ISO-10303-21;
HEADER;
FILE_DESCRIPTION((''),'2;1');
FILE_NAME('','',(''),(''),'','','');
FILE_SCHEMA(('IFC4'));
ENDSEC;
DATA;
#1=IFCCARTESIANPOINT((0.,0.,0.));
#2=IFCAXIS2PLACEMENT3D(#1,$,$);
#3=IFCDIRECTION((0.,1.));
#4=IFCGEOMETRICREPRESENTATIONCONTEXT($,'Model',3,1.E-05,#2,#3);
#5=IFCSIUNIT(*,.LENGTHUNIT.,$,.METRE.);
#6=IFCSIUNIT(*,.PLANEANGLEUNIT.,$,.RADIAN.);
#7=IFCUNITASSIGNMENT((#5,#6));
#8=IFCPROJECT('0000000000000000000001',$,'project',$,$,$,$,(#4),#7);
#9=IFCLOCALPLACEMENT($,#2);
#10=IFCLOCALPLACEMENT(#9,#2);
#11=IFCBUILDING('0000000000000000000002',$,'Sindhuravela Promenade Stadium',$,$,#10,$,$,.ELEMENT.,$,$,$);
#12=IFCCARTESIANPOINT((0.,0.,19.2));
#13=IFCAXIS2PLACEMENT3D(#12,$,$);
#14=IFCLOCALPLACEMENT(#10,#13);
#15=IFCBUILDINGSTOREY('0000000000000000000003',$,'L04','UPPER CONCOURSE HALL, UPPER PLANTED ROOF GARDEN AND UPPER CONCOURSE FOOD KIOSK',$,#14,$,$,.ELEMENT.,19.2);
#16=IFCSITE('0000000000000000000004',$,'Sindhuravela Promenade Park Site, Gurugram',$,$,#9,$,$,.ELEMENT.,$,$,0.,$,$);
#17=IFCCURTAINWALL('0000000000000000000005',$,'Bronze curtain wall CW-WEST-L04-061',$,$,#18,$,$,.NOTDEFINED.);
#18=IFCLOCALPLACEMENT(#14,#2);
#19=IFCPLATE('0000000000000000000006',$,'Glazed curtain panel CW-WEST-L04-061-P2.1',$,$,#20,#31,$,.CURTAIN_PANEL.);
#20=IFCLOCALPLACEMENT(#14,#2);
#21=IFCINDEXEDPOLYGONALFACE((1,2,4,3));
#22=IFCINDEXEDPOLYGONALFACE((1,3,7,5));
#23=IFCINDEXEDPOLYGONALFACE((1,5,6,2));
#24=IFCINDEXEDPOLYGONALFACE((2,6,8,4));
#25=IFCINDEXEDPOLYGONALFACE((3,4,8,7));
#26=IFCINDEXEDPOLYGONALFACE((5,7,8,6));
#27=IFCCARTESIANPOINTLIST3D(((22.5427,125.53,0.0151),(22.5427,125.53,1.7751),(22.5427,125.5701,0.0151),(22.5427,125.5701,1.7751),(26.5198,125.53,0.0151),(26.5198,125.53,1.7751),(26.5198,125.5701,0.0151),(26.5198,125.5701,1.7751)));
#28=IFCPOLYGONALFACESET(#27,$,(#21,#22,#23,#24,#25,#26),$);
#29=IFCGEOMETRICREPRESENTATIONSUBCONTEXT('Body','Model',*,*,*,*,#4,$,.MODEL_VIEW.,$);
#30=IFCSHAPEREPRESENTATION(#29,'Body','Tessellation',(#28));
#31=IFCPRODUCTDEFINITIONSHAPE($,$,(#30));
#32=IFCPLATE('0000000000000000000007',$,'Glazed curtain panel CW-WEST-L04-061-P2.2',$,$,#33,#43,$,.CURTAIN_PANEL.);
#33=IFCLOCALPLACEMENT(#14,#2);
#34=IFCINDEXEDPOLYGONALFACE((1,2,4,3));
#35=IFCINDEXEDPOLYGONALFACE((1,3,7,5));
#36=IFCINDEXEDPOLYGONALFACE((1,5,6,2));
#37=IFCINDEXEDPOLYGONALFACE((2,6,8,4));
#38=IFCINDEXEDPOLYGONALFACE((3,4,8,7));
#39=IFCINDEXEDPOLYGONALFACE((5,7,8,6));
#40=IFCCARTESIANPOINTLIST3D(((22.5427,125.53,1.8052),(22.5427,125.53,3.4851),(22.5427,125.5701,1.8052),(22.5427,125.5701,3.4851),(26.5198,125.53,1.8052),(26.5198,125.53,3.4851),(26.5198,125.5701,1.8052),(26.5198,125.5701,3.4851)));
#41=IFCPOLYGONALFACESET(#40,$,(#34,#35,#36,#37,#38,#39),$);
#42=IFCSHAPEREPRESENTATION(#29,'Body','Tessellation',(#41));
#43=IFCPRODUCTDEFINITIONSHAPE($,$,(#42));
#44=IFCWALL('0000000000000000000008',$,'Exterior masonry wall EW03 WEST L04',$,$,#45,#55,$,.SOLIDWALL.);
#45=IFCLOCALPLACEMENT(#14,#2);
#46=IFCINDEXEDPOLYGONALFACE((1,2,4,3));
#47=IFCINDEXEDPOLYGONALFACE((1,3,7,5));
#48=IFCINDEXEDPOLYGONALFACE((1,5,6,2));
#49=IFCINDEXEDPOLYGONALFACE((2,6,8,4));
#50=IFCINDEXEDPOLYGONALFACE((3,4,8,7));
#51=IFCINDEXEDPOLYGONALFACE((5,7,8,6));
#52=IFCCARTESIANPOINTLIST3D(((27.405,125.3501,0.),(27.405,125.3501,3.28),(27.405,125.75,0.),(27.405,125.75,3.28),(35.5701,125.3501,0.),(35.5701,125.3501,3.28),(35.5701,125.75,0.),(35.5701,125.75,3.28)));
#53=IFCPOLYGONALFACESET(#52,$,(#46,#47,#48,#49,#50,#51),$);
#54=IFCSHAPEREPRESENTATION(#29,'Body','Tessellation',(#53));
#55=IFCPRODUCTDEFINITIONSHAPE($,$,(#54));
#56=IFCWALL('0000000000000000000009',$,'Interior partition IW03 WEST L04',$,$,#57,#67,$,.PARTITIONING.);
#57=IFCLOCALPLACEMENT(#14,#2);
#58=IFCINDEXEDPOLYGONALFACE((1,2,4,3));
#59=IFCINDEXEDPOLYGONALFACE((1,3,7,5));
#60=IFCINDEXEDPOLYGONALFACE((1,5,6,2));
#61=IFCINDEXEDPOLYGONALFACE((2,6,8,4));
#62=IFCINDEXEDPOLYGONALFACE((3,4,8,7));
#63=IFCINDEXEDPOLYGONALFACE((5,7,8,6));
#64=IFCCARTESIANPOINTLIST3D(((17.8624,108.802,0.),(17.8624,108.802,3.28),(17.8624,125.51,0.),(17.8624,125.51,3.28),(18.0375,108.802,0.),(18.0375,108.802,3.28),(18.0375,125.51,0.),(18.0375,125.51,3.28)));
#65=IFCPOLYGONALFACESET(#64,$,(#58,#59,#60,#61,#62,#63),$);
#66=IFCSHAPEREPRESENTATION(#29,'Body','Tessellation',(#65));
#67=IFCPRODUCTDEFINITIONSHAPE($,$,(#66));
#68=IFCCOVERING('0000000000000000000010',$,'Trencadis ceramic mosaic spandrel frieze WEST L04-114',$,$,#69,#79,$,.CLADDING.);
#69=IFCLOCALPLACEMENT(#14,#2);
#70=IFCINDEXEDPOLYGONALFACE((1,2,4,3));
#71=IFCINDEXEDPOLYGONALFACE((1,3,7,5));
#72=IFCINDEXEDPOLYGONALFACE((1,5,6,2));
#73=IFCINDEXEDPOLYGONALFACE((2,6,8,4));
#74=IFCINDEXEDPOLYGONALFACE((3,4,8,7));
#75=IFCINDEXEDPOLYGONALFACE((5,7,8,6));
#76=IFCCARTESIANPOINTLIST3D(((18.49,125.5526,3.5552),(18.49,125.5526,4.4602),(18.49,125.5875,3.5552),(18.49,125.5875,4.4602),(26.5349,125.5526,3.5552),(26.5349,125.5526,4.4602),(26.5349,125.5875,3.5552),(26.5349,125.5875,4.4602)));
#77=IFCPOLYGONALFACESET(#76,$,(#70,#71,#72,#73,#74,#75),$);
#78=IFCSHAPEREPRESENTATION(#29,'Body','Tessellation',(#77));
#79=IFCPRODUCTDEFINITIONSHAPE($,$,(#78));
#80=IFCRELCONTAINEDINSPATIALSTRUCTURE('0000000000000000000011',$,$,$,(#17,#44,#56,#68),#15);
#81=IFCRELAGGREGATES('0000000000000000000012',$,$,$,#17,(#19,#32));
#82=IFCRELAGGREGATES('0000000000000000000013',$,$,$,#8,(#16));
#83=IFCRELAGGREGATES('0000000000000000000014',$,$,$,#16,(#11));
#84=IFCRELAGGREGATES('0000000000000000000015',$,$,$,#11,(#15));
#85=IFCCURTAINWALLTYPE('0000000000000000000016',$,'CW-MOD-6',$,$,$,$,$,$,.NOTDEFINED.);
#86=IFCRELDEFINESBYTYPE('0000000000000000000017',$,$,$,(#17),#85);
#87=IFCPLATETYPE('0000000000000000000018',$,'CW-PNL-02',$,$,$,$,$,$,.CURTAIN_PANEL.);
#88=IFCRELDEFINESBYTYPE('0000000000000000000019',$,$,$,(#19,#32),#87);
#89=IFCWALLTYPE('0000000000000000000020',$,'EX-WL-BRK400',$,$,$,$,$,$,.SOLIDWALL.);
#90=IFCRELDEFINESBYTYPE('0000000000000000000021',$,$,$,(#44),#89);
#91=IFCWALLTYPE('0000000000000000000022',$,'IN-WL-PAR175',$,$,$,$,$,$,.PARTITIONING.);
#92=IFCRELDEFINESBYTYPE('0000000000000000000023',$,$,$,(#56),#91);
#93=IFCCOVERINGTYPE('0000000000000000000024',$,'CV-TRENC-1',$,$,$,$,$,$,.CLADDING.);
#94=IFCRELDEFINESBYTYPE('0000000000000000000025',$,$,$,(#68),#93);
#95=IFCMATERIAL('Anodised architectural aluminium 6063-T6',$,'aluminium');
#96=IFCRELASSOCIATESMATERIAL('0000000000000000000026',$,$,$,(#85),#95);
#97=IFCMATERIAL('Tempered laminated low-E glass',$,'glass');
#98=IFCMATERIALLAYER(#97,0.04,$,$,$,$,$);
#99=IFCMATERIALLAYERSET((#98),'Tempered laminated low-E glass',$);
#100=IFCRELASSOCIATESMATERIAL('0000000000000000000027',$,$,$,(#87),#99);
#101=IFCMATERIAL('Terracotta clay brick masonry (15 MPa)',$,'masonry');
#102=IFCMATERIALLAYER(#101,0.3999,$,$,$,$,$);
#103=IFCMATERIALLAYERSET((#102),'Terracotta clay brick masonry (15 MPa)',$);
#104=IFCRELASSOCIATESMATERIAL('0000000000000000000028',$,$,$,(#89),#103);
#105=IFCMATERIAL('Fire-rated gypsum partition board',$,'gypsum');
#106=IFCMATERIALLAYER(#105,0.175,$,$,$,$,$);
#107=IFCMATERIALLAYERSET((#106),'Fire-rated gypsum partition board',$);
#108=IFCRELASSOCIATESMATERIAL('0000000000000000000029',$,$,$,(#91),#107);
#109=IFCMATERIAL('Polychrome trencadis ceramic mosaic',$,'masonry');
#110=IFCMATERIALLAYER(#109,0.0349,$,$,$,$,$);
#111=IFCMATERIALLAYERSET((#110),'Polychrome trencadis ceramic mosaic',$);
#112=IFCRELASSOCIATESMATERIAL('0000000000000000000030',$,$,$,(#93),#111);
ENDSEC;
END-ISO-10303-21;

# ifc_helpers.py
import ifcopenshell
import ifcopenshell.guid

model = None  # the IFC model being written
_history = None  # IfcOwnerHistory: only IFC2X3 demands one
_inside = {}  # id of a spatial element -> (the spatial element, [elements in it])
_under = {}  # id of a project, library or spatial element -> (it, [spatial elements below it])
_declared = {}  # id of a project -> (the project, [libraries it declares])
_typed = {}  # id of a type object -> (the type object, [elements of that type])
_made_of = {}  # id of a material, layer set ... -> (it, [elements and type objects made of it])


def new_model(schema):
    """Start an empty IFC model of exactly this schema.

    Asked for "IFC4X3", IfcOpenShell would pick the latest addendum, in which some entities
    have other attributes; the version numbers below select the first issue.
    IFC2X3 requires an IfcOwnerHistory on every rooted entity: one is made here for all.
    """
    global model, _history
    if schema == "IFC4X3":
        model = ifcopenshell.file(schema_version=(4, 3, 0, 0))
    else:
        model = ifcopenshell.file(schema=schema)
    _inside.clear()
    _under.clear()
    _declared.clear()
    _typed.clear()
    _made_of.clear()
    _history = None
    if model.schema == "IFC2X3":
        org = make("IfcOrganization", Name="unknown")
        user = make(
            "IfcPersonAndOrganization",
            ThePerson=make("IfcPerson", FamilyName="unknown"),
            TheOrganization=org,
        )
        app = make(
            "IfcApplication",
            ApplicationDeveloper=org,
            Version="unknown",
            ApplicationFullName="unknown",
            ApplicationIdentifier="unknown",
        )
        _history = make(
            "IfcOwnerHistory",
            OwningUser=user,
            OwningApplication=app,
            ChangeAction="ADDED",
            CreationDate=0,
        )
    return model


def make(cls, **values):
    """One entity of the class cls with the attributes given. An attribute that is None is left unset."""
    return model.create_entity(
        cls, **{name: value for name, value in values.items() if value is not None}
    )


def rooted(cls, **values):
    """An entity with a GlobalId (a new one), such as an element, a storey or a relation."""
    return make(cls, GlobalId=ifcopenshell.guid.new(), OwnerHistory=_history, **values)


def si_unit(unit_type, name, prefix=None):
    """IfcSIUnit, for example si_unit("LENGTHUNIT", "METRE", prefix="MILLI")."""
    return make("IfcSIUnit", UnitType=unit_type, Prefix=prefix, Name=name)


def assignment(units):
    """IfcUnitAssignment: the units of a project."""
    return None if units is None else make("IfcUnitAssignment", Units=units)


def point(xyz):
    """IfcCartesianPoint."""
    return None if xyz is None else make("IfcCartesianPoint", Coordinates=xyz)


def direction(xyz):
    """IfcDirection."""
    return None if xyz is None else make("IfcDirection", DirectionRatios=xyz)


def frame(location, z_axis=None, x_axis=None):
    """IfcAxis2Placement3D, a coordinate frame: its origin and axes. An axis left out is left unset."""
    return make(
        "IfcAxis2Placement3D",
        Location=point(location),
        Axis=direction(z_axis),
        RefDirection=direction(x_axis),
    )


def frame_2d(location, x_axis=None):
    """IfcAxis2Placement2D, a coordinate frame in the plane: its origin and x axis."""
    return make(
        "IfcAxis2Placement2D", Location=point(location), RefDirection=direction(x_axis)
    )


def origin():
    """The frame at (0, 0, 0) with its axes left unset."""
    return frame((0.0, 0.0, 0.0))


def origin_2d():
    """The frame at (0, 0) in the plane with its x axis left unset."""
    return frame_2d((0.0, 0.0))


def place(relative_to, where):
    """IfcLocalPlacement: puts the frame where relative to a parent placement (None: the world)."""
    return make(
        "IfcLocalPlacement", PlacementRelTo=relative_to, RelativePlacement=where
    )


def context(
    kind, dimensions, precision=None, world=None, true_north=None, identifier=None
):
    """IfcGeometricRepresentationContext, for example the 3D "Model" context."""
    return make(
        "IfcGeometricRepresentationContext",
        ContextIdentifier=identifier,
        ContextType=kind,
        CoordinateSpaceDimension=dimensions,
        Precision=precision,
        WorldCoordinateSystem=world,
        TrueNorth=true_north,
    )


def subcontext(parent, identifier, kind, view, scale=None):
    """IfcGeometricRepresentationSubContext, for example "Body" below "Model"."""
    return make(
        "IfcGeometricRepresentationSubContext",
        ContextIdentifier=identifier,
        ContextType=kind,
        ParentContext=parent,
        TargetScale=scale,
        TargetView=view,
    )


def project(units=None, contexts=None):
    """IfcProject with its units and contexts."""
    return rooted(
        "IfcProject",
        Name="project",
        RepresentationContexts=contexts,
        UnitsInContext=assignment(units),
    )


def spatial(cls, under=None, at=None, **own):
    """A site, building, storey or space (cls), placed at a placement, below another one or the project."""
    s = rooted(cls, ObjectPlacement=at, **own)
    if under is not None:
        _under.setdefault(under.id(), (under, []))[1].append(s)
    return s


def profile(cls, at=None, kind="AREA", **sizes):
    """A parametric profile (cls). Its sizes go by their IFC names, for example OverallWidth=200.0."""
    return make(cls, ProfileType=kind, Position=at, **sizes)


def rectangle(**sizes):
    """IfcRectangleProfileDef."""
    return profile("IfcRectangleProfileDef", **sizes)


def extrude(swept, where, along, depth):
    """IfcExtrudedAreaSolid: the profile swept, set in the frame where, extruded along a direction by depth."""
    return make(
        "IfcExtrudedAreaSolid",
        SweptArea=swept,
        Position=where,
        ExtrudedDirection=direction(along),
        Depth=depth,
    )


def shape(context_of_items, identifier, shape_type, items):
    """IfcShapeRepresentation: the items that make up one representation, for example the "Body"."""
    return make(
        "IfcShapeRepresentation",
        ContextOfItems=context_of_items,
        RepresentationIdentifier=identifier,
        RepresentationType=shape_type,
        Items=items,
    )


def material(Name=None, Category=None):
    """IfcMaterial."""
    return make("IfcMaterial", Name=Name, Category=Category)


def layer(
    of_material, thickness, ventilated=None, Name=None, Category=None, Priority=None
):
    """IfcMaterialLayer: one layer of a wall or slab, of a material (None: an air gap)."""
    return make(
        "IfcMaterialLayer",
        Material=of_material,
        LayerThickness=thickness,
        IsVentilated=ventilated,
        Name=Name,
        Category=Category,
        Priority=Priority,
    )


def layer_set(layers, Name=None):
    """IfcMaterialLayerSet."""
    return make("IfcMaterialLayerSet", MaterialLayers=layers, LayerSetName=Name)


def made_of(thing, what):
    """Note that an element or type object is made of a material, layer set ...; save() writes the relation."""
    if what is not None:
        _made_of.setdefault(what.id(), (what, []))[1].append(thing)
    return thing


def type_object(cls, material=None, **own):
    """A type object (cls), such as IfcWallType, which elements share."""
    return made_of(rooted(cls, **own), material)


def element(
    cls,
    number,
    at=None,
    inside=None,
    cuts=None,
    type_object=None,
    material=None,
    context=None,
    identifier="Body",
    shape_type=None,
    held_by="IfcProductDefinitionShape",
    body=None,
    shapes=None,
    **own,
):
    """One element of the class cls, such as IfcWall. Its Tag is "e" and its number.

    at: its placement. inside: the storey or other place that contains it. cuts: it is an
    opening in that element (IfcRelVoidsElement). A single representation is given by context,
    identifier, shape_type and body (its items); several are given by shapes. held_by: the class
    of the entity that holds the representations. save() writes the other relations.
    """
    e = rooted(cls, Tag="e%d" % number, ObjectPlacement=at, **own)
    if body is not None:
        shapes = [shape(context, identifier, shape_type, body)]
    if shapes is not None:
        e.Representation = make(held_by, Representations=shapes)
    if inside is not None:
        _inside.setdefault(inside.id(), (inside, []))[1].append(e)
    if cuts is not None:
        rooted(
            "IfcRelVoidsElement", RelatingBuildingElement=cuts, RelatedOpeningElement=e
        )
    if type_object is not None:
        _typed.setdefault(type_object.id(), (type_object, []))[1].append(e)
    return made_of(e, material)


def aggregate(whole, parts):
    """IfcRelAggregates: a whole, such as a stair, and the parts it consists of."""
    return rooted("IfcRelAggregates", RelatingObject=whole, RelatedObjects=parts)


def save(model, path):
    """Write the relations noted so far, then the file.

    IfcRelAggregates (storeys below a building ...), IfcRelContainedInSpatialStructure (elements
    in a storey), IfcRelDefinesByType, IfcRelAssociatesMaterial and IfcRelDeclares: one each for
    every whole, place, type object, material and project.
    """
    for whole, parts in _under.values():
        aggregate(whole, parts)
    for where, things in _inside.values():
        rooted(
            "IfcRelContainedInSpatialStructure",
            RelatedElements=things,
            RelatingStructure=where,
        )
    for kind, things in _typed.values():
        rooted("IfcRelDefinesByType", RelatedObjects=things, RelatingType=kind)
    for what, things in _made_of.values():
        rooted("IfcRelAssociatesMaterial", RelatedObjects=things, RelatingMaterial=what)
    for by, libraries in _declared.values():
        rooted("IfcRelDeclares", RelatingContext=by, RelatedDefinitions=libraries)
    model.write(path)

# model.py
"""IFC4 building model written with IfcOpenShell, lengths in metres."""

from ifc_helpers import new_model, si_unit, direction, frame, frame_2d, origin, origin_2d, place, context, subcontext, project, spatial, rectangle, extrude, material, layer, layer_set, type_object, element, aggregate, save


model = new_model("IFC4")

# Units and contexts
model_context = context("Model", 3, precision=1e-05, world=origin(), true_north=direction((0.0, 1.0)))
body_context = subcontext(model_context, "Body", "Model", "MODEL_VIEW")
ifc_project = project(units=[si_unit("LENGTHUNIT", "METRE"), si_unit("PLANEANGLEUNIT", "RADIAN")], contexts=[model_context])

# Site, building, storey
site_placement = place(None, origin())
site = spatial("IfcSite", under=ifc_project, at=site_placement, Name="Sindhuravela Promenade Park Site, Gurugram", CompositionType="ELEMENT", RefElevation=0.0)
building_placement = place(site_placement, origin())
building = spatial("IfcBuilding", under=site, at=building_placement, Name="Sindhuravela Promenade Stadium", CompositionType="ELEMENT")
storey_placement = place(building_placement, frame((0.0, 0.0, 19.2)))
storey = spatial("IfcBuildingStorey", under=building, at=storey_placement, Name="L04", Description="UPPER CONCOURSE HALL, UPPER PLANTED ROOF GARDEN AND UPPER CONCOURSE FOOD KIOSK", CompositionType="ELEMENT", Elevation=19.2)

# Shared definitions
ifc_material_1 = material(Name="Anodised architectural aluminium 6063-T6", Category="aluminium")

# Curtain wall
curtain_wall_type_1 = type_object("IfcCurtainWallType", Name="CW-MOD-6", PredefinedType="NOTDEFINED", material=ifc_material_1)
curtain_wall_1_placement = place(storey_placement, origin())
curtain_wall_1 = element("IfcCurtainWall", 1, at=curtain_wall_1_placement, inside=storey, type_object=curtain_wall_type_1, Name="Bronze curtain wall CW-WEST-L04-061", PredefinedType="NOTDEFINED")

# Plates
ifc_material_2 = material(Name="Tempered laminated low-E glass", Category="glass")
ifc_layer_1 = layer(ifc_material_2, 0.04)
ifc_layer_set_1 = layer_set([ifc_layer_1], Name="Tempered laminated low-E glass")
plate_type = type_object("IfcPlateType", Name="CW-PNL-02", PredefinedType="CURTAIN_PANEL", material=ifc_layer_set_1)
plate_1_placement = place(storey_placement, frame((24.5312, 125.55, 0.0151), z_axis=(0.0, 0.0, 1.0), x_axis=(1.0, 0.0, 0.0)))
plate_1 = element("IfcPlate", 2, at=plate_1_placement, type_object=plate_type, Name="Glazed curtain panel CW-WEST-L04-061-P2.1", PredefinedType="CURTAIN_PANEL", context=body_context, shape_type="SweptSolid", body=[
    extrude(rectangle(XDim=3.9771, YDim=0.04, at=origin_2d()), origin(), (0.0, 0.0, 1.0), 1.76),
])
plate_2_placement = place(storey_placement, frame((24.5312, 125.55, 1.8052), z_axis=(0.0, 0.0, 1.0), x_axis=(1.0, 0.0, 0.0)))
plate_2 = element("IfcPlate", 3, at=plate_2_placement, type_object=plate_type, Name="Glazed curtain panel CW-WEST-L04-061-P2.2", PredefinedType="CURTAIN_PANEL", context=body_context, shape_type="SweptSolid", body=[
    extrude(rectangle(XDim=3.9771, YDim=0.04, at=origin_2d()), origin(), (0.0, 0.0, 1.0), 1.6799),
])
aggregate(curtain_wall_1, [plate_1, plate_2])

# Walls
ifc_material_3 = material(Name="Terracotta clay brick masonry (15 MPa)", Category="masonry")
ifc_layer_2 = layer(ifc_material_3, 0.3999)
ifc_layer_set_2 = layer_set([ifc_layer_2], Name="Terracotta clay brick masonry (15 MPa)")
wall_type_1 = type_object("IfcWallType", Name="EX-WL-BRK400", PredefinedType="SOLIDWALL", material=ifc_layer_set_2)
wall_1_placement = place(storey_placement, frame((27.405, 125.55, 0.0), z_axis=(0.0, 0.0, 1.0), x_axis=(1.0, 0.0, 0.0)))
element("IfcWall", 4, at=wall_1_placement, inside=storey, type_object=wall_type_1, Name="Exterior masonry wall EW03 WEST L04", PredefinedType="SOLIDWALL", context=body_context, shape_type="SweptSolid", body=[
    extrude(rectangle(XDim=8.165, YDim=0.3999, at=frame_2d((4.0825, 0.0))), origin(), (0.0, 0.0, 1.0), 3.28),
])
ifc_material_4 = material(Name="Fire-rated gypsum partition board", Category="gypsum")
ifc_layer_3 = layer(ifc_material_4, 0.175)
ifc_layer_set_3 = layer_set([ifc_layer_3], Name="Fire-rated gypsum partition board")
wall_type_2 = type_object("IfcWallType", Name="IN-WL-PAR175", PredefinedType="PARTITIONING", material=ifc_layer_set_3)
wall_2_placement = place(storey_placement, frame((17.95, 125.51, 0.0), z_axis=(0.0, 0.0, 1.0), x_axis=(0.0, -1.0, 0.0)))
element("IfcWall", 5, at=wall_2_placement, inside=storey, type_object=wall_type_2, Name="Interior partition IW03 WEST L04", PredefinedType="PARTITIONING", context=body_context, shape_type="SweptSolid", body=[
    extrude(rectangle(XDim=16.708, YDim=0.175, at=frame_2d((8.354, 0.0))), origin(), (0.0, 0.0, 1.0), 3.28),
])

# Covering
ifc_material_5 = material(Name="Polychrome trencadis ceramic mosaic", Category="masonry")
ifc_layer_4 = layer(ifc_material_5, 0.0349)
ifc_layer_set_4 = layer_set([ifc_layer_4], Name="Polychrome trencadis ceramic mosaic")
covering_type = type_object("IfcCoveringType", Name="CV-TRENC-1", PredefinedType="CLADDING", material=ifc_layer_set_4)
covering_placement = place(storey_placement, frame((22.5125, 125.5701, 3.5552), z_axis=(0.0, 0.0, 1.0), x_axis=(1.0, 0.0, 0.0)))
element("IfcCovering", 6, at=covering_placement, inside=storey, type_object=covering_type, Name="Trencadis ceramic mosaic spandrel frieze WEST L04-114", PredefinedType="CLADDING", context=body_context, shape_type="SweptSolid", body=[
    extrude(rectangle(XDim=8.0449, YDim=0.0349, at=origin_2d()), origin(), (0.0, 0.0, 1.0), 0.905),
])

save(model, "model.ifc")
